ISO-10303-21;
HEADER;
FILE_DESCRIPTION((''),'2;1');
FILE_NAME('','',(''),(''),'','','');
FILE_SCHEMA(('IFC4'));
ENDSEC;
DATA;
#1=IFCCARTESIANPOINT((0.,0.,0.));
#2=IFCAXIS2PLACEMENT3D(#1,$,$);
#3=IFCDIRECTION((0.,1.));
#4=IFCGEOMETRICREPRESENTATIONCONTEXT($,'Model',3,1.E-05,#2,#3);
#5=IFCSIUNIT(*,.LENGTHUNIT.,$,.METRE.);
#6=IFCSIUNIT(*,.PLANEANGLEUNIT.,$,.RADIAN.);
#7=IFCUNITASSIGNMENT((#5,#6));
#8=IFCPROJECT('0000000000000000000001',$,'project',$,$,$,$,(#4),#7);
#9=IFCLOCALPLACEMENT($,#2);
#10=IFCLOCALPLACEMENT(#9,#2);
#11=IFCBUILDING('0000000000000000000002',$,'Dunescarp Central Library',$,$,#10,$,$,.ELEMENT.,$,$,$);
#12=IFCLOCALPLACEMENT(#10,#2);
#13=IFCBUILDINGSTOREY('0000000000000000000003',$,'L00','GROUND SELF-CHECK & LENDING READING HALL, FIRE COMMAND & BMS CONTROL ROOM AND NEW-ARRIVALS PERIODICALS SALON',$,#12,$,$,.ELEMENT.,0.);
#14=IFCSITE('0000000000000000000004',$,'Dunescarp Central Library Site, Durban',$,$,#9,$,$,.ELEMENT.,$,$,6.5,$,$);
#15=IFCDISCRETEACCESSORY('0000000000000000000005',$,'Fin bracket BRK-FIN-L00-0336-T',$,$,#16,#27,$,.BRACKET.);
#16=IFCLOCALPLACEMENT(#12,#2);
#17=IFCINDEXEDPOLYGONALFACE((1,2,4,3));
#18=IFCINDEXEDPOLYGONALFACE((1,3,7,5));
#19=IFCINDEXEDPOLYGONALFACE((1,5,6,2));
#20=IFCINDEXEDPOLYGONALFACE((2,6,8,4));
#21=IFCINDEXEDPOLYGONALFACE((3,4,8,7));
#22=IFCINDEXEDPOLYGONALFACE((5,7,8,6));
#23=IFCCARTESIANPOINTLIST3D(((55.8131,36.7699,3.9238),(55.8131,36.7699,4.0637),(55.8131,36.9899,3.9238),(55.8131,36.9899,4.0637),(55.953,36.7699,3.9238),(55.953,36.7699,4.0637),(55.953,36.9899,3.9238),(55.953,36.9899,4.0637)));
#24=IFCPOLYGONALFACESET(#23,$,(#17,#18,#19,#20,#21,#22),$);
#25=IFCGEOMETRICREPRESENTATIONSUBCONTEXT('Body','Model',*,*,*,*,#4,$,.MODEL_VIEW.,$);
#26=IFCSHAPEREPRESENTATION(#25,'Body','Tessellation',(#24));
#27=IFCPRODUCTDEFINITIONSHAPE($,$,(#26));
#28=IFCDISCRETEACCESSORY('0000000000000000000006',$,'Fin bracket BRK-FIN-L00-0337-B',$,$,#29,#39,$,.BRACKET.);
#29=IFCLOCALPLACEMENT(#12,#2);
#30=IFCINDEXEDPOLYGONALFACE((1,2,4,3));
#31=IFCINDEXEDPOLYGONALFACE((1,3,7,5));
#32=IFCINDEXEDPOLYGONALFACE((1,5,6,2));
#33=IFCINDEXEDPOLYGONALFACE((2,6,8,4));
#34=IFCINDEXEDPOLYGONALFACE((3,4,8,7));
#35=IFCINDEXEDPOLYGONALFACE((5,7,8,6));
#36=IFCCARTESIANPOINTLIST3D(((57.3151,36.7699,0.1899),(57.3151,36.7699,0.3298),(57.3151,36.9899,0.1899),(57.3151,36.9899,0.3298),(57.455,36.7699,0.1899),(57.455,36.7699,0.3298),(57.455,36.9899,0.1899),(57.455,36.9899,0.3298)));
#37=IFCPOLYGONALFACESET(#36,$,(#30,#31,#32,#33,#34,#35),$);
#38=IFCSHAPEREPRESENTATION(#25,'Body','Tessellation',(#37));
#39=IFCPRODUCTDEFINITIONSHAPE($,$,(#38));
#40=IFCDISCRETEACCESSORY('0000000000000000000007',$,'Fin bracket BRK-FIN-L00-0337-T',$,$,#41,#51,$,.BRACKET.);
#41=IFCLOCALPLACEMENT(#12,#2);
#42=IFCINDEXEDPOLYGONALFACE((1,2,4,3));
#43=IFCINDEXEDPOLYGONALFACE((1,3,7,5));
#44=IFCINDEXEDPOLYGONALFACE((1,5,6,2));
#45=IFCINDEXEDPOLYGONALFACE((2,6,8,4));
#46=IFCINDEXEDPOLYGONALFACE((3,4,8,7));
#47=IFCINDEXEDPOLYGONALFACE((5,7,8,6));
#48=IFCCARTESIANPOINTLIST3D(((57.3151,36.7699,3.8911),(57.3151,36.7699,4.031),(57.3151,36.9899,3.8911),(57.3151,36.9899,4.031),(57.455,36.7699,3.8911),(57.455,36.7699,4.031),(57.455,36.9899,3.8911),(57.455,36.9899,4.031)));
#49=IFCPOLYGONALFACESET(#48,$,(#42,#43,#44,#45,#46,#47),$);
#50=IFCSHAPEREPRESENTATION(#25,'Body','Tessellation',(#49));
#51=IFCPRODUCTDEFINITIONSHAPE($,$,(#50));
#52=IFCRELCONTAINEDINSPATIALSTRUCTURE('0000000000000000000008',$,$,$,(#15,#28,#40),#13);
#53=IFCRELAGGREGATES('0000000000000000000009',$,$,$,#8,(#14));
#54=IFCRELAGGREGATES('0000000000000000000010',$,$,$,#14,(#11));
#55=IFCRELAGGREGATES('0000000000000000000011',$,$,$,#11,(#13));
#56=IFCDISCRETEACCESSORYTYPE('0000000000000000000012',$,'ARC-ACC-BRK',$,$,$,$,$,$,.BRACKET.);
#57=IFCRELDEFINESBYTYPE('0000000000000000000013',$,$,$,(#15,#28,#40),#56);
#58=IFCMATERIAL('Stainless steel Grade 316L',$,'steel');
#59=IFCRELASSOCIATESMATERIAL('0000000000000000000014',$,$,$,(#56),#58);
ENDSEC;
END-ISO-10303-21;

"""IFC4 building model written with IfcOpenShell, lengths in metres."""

from ifc_helpers import new_model, si_unit, direction, frame, origin, origin_2d, place, context, subcontext, project, spatial, rectangle, extrude, material, type_object, element, save


model = new_model("IFC4")

# Units and contexts
model_context = context("Model", 3, precision=1e-05, world=origin(), true_north=direction((0.0, 1.0)))
body_context = subcontext(model_context, "Body", "Model", "MODEL_VIEW")
ifc_project = project(units=[si_unit("LENGTHUNIT", "METRE"), si_unit("PLANEANGLEUNIT", "RADIAN")], contexts=[model_context])

# Site, building, storey
site_placement = place(None, origin())
site = spatial("IfcSite", under=ifc_project, at=site_placement, Name="Dunescarp Central Library Site, Durban", CompositionType="ELEMENT", RefElevation=6.5)
building_placement = place(site_placement, origin())
building = spatial("IfcBuilding", under=site, at=building_placement, Name="Dunescarp Central Library", CompositionType="ELEMENT")
storey_placement = place(building_placement, origin())
storey = spatial("IfcBuildingStorey", under=building, at=storey_placement, Name="L00", Description="GROUND SELF-CHECK & LENDING READING HALL, FIRE COMMAND & BMS CONTROL ROOM AND NEW-ARRIVALS PERIODICALS SALON", CompositionType="ELEMENT", Elevation=0.0)

# Discrete accessories
ifc_material_1 = material(Name="Stainless steel Grade 316L", Category="steel")
discrete_accessory_type = type_object("IfcDiscreteAccessoryType", Name="ARC-ACC-BRK", PredefinedType="BRACKET", material=ifc_material_1)
for number, where, z_axis, x_axis, name in (
    (1, (55.8831, 36.8799, 3.9238), (0.0, 0.0, 1.0), (0.0, 1.0, 0.0), "Fin bracket BRK-FIN-L00-0336-T"),
    (2, (57.385, 36.8799, 0.1899), (0.0, 0.0, 1.0), (0.0, 1.0, 0.0), "Fin bracket BRK-FIN-L00-0337-B"),
    (3, (57.385, 36.8799, 3.8911), (0.0, 0.0, 1.0), (0.0, 1.0, 0.0), "Fin bracket BRK-FIN-L00-0337-T"),
):
    element("IfcDiscreteAccessory", number, at=place(storey_placement, frame(where, z_axis=z_axis, x_axis=x_axis)), inside=storey, type_object=discrete_accessory_type, Name=name, PredefinedType="BRACKET", context=body_context, shape_type="SweptSolid", body=[
        extrude(rectangle(XDim=0.22, YDim=0.1399, at=origin_2d()), origin(), (0.0, 0.0, 1.0), 0.1399),
    ])

save(model, "model.ifc")
